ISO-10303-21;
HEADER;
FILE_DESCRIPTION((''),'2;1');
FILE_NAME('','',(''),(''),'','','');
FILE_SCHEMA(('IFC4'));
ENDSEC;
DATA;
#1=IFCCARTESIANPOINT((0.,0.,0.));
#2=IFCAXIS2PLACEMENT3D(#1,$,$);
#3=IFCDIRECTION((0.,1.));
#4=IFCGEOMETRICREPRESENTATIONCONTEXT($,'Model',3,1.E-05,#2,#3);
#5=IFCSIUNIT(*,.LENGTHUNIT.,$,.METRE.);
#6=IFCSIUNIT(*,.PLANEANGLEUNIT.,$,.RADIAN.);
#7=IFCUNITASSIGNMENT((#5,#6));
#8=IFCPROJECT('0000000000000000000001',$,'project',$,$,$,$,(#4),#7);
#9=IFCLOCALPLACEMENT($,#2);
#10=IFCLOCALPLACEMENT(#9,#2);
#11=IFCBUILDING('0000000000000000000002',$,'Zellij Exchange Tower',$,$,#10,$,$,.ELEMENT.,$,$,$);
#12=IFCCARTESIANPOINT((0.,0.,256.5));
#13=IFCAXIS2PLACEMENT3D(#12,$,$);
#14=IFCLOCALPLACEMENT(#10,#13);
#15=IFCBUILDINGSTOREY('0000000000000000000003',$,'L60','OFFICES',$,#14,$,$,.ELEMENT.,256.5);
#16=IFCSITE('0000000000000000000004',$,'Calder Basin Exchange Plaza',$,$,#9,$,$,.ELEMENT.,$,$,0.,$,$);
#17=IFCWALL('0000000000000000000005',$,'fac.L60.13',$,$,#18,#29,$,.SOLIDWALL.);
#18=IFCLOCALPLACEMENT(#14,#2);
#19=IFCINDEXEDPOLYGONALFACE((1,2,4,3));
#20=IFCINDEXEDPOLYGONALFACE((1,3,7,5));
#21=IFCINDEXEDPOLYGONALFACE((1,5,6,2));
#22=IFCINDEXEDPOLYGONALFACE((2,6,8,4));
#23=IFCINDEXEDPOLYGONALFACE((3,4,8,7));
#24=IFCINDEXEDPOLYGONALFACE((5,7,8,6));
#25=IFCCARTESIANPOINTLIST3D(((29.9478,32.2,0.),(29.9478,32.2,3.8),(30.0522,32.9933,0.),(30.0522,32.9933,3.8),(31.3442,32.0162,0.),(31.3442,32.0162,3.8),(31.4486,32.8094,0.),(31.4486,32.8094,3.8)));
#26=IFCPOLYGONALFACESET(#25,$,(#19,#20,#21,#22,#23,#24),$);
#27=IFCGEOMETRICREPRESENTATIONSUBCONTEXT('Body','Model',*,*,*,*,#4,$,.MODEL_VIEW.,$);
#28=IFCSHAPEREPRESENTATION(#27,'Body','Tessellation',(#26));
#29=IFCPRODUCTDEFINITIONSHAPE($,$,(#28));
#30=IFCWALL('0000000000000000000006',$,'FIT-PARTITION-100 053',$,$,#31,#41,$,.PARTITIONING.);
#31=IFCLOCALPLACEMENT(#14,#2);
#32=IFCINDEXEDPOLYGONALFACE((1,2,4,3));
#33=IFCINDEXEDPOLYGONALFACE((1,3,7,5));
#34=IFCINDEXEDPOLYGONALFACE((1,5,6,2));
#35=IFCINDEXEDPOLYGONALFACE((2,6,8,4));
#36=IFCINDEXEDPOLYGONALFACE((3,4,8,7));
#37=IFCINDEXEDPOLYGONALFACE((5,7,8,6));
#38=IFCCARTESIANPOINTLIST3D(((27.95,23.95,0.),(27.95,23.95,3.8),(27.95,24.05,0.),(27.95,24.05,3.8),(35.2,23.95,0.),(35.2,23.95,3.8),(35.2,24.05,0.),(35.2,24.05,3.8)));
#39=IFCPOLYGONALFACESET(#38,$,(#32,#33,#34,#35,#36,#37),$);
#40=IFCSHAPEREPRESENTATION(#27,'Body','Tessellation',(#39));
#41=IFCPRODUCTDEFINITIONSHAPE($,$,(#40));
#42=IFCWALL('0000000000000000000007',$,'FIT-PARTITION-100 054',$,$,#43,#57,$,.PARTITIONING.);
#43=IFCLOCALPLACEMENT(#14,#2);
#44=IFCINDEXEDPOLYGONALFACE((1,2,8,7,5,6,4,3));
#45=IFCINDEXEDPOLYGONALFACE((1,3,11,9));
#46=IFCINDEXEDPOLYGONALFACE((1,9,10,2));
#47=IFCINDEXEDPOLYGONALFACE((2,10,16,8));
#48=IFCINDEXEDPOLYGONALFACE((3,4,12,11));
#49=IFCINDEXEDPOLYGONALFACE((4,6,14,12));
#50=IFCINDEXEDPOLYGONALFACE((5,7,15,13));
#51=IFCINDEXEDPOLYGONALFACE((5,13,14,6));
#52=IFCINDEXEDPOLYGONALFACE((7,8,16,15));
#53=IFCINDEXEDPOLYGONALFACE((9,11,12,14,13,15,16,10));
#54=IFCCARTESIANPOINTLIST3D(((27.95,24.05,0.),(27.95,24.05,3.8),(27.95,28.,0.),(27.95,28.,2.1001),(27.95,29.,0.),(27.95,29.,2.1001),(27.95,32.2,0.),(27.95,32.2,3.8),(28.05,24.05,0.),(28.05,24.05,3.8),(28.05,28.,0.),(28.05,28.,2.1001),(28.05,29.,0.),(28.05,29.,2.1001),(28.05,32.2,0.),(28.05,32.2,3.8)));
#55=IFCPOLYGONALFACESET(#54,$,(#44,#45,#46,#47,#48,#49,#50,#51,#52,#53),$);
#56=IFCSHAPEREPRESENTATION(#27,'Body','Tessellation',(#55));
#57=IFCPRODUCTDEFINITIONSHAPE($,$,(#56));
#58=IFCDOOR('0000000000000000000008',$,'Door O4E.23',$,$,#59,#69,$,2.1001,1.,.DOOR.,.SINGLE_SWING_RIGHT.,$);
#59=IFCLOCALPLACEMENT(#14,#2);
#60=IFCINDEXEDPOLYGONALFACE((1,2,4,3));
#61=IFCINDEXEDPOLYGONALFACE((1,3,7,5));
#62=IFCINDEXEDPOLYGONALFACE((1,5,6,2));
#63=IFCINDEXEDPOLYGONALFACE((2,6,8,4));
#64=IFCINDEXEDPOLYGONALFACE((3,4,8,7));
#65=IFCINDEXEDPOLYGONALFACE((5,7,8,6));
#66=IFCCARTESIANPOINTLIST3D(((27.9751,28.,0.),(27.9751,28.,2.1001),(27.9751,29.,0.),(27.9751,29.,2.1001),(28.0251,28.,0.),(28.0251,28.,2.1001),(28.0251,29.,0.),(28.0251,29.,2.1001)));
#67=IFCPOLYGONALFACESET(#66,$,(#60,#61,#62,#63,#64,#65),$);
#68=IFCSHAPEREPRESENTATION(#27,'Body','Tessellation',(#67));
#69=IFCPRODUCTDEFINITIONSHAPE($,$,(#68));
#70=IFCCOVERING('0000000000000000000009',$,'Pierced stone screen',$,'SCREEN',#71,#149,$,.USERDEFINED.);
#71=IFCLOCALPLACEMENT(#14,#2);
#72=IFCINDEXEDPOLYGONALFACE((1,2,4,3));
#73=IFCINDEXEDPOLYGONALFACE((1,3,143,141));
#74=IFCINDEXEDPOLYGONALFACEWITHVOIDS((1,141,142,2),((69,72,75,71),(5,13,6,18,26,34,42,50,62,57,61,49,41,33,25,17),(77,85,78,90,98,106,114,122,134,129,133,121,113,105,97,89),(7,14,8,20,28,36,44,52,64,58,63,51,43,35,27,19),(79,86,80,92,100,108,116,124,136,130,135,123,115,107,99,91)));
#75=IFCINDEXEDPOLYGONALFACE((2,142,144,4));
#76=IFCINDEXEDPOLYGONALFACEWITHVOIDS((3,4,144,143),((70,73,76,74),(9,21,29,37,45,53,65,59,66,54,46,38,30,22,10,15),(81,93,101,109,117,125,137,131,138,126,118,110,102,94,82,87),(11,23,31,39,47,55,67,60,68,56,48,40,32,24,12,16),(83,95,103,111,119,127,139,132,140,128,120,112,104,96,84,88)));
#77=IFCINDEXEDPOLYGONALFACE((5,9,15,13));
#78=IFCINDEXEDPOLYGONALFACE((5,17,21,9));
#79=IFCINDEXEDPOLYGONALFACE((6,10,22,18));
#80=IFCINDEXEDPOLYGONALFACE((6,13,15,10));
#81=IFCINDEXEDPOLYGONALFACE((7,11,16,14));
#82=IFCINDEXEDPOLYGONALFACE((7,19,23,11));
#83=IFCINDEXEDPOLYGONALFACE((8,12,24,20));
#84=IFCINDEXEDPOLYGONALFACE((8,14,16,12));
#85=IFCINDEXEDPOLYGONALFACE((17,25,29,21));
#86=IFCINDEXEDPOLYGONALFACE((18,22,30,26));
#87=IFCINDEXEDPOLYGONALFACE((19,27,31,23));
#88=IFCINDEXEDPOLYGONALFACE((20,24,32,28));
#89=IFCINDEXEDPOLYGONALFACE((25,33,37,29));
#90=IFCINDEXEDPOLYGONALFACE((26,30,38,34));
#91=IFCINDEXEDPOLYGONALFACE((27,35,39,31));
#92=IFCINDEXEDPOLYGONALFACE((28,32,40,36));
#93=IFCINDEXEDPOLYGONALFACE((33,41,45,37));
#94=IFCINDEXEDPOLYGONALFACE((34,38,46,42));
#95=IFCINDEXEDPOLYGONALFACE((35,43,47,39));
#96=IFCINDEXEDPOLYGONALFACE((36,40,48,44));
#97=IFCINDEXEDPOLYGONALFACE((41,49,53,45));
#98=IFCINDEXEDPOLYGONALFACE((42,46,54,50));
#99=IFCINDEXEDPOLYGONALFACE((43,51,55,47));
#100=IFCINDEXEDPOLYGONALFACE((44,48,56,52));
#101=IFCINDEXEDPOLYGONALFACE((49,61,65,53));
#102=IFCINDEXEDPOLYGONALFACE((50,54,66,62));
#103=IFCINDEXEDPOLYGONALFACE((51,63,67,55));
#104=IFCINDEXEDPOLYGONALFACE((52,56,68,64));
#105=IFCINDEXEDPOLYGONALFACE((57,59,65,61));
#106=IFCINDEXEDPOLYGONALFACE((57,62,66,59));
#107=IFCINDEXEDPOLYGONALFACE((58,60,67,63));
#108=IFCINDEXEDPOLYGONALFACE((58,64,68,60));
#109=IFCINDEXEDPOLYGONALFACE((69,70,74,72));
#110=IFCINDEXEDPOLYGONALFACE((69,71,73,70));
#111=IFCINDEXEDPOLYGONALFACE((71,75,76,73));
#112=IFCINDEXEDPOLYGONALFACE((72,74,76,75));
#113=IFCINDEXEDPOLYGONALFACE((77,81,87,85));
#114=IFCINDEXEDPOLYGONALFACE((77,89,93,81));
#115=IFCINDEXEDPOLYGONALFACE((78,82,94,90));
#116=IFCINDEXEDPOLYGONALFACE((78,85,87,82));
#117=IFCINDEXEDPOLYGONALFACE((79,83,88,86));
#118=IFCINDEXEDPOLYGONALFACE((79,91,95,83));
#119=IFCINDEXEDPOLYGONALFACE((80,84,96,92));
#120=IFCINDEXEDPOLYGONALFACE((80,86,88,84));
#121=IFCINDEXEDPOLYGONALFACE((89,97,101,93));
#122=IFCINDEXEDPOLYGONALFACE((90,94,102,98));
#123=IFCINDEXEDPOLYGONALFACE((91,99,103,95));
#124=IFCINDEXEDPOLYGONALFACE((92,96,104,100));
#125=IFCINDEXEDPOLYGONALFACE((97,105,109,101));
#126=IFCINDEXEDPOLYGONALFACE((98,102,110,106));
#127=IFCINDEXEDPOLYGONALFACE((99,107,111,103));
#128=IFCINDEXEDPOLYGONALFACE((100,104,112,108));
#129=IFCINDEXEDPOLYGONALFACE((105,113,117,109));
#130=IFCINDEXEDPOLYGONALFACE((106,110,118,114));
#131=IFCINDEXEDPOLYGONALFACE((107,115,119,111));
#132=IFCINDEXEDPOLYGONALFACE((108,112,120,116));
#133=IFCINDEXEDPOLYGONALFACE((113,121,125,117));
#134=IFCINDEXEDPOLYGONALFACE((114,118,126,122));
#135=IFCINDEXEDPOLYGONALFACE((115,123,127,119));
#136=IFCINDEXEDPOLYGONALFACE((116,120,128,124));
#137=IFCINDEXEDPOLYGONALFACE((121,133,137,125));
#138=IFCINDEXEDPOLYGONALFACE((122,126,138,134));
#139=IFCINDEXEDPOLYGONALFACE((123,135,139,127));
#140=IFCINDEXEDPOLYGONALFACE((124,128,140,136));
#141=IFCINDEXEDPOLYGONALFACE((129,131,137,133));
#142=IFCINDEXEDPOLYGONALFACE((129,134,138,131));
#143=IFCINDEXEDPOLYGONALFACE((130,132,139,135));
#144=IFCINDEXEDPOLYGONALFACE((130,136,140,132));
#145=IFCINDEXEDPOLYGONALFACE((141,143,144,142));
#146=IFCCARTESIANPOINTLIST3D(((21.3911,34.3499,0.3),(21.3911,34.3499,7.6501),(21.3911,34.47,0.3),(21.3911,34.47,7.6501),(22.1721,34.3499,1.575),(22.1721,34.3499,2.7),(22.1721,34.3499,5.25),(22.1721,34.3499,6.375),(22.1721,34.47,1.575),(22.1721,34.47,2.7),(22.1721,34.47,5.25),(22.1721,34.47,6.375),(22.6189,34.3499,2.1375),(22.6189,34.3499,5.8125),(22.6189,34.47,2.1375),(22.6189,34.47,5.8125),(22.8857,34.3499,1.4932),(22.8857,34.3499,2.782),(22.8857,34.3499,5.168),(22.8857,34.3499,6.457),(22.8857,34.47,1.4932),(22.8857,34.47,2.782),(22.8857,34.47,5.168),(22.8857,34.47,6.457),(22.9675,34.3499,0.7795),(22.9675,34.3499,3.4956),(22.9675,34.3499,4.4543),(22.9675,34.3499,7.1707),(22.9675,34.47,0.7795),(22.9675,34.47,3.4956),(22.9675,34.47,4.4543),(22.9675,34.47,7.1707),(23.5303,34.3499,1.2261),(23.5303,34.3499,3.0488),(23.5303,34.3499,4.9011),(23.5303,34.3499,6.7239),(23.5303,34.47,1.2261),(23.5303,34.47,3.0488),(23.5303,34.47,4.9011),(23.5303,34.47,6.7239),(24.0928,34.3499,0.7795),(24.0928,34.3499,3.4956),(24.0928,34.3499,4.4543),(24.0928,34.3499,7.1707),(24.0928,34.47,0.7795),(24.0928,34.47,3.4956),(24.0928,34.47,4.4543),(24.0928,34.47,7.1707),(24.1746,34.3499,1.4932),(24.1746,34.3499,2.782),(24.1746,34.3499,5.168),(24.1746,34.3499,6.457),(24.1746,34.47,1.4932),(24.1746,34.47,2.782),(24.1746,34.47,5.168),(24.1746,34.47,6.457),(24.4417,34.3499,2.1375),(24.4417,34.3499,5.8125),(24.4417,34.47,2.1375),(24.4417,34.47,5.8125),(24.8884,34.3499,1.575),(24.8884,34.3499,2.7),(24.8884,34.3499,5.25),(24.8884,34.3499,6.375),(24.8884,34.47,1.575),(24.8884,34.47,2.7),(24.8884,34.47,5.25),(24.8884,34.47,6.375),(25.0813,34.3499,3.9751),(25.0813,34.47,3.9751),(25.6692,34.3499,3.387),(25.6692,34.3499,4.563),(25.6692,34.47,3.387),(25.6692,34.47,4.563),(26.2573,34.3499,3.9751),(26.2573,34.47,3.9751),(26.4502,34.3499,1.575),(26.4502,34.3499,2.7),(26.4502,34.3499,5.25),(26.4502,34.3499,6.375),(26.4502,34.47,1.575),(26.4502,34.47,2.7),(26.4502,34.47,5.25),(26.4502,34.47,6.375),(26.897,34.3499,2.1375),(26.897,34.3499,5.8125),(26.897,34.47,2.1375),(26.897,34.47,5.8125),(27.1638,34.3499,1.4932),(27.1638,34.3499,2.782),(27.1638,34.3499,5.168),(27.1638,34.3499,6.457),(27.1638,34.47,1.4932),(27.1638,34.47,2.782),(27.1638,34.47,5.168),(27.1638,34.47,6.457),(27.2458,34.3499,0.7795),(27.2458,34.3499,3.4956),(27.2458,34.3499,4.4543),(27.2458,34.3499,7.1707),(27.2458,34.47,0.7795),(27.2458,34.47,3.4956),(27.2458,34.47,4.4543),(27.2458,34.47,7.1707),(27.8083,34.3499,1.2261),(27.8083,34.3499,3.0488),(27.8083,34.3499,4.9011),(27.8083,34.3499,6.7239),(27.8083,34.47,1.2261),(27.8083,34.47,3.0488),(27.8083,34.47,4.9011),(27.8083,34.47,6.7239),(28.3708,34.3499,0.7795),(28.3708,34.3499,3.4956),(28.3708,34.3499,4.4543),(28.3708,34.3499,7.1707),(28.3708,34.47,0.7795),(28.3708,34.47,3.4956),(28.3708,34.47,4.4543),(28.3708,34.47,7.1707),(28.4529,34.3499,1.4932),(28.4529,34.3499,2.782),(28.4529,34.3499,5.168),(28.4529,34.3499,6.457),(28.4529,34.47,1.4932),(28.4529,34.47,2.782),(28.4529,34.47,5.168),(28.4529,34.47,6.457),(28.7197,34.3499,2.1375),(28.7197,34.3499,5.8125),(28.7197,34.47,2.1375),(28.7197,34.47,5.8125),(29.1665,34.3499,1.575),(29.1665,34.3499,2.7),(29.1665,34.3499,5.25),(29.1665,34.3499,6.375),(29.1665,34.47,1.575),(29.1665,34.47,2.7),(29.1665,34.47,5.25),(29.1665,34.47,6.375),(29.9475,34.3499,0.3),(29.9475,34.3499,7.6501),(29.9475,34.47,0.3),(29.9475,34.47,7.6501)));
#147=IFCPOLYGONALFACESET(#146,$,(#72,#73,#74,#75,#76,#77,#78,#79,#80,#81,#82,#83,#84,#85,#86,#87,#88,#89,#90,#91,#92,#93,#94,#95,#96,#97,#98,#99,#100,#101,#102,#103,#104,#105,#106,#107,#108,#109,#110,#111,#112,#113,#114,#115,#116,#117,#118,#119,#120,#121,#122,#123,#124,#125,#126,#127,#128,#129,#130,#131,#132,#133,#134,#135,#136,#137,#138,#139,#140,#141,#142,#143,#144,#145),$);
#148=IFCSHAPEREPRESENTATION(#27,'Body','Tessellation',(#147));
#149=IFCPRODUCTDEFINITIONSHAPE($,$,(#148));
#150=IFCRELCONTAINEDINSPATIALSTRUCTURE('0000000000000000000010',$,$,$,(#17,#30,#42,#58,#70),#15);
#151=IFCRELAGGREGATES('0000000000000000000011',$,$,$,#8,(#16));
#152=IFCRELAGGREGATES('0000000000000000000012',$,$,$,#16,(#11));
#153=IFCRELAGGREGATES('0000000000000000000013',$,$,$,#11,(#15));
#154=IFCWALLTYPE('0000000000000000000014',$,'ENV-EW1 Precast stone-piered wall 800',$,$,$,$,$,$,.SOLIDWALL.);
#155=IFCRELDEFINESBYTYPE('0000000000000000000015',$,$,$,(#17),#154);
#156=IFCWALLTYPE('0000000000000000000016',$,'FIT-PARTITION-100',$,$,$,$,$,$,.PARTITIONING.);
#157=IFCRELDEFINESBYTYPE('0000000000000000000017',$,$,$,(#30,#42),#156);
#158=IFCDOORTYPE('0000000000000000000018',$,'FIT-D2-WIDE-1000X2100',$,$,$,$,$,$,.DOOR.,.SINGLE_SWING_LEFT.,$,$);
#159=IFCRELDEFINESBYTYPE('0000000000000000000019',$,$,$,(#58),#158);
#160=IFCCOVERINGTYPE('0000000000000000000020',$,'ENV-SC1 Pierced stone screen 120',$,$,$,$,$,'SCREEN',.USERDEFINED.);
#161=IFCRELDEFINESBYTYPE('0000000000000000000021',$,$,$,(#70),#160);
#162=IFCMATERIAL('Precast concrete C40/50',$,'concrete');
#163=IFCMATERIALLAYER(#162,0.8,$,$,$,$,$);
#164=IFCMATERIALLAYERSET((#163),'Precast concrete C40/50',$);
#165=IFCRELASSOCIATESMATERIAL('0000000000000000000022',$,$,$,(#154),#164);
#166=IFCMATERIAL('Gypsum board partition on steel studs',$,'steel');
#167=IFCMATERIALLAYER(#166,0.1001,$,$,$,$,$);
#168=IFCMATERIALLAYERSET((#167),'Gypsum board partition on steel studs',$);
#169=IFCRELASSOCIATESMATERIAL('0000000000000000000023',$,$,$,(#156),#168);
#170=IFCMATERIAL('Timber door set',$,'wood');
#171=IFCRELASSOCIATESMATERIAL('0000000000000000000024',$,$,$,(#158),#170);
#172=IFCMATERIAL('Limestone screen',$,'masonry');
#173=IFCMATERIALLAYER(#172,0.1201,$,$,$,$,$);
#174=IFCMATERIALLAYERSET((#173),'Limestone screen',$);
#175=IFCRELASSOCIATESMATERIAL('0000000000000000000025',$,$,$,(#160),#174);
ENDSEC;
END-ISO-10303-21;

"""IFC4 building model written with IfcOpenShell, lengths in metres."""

from ifc_helpers import new_model, si_unit, direction, frame, frame_2d, origin, place, context, subcontext, project, spatial, polyline, rectangle, outline, extrude, material, layer, layer_set, type_object, element, fill, save


model = new_model("IFC4")

# Units and contexts
model_context = context("Model", 3, precision=1e-05, world=origin(), true_north=direction((0.0, 1.0)))
body_context = subcontext(model_context, "Body", "Model", "MODEL_VIEW")
ifc_project = project(units=[si_unit("LENGTHUNIT", "METRE"), si_unit("PLANEANGLEUNIT", "RADIAN")], contexts=[model_context])

# Site, building, storey
site_placement = place(None, origin())
site = spatial("IfcSite", under=ifc_project, at=site_placement, Name="Calder Basin Exchange Plaza", CompositionType="ELEMENT", RefElevation=0.0)
building_placement = place(site_placement, origin())
building = spatial("IfcBuilding", under=site, at=building_placement, Name="Zellij Exchange Tower", CompositionType="ELEMENT")
storey_placement = place(building_placement, frame((0.0, 0.0, 256.5)))
storey = spatial("IfcBuildingStorey", under=building, at=storey_placement, Name="L60", Description="OFFICES", CompositionType="ELEMENT", Elevation=256.5)

# Walls
ifc_material_1 = material(Name="Precast concrete C40/50", Category="concrete")
ifc_layer_1 = layer(ifc_material_1, 0.8)
ifc_layer_set_1 = layer_set([ifc_layer_1], Name="Precast concrete C40/50")
wall_type_1 = type_object("IfcWallType", Name="ENV-EW1 Precast stone-piered wall 800", PredefinedType="SOLIDWALL", material=ifc_layer_set_1)
wall_1_placement = place(storey_placement, frame((31.3962, 32.4128, 0.0), z_axis=(0.0, 0.0, 1.0), x_axis=(-0.991446, 0.130517, 0.0)))
element("IfcWall", 1, at=wall_1_placement, inside=storey, type_object=wall_type_1, Name="fac.L60.13", PredefinedType="SOLIDWALL", context=body_context, shape_type="SweptSolid", body=[
    extrude(rectangle(XDim=1.4084, YDim=0.8, at=frame_2d((0.7041, 0.0))), origin(), (0.0, 0.0, 1.0), 3.8),
])
ifc_material_2 = material(Name="Gypsum board partition on steel studs", Category="steel")
ifc_layer_2 = layer(ifc_material_2, 0.1001)
ifc_layer_set_2 = layer_set([ifc_layer_2], Name="Gypsum board partition on steel studs")
wall_type_2 = type_object("IfcWallType", Name="FIT-PARTITION-100", PredefinedType="PARTITIONING", material=ifc_layer_set_2)
wall_2_placement = place(storey_placement, frame((27.95, 24.0, 0.0), z_axis=(0.0, 0.0, 1.0), x_axis=(1.0, 0.0, 0.0)))
element("IfcWall", 2, at=wall_2_placement, inside=storey, type_object=wall_type_2, Name="FIT-PARTITION-100 053", PredefinedType="PARTITIONING", context=body_context, shape_type="SweptSolid", body=[
    extrude(rectangle(XDim=7.25, YDim=0.1001, at=frame_2d((3.625, 0.0))), origin(), (0.0, 0.0, 1.0), 3.8),
])

# Wall, opening, door
wall_3_placement = place(storey_placement, frame((28.0, 24.05, 0.0), z_axis=(0.0, 0.0, 1.0), x_axis=(0.0, 1.0, 0.0)))
wall_3 = element("IfcWall", 3, at=wall_3_placement, inside=storey, type_object=wall_type_2, Name="FIT-PARTITION-100 054", PredefinedType="PARTITIONING", context=body_context, shape_type="SweptSolid", body=[
    extrude(rectangle(XDim=8.1499, YDim=0.1001, at=frame_2d((4.075, 0.0))), origin(), (0.0, 0.0, 1.0), 3.8),
])
opening_placement = place(wall_3_placement, frame((3.95, 0.0, 0.0)))
opening = element("IfcOpeningElement", 4, at=opening_placement, cuts=wall_3, PredefinedType="OPENING", context=body_context, shape_type="SweptSolid", body=[
    extrude(rectangle(XDim=1.0, YDim=2.1001, at=frame_2d((0.5, 1.05))), frame((0.0, 0.062, 0.0), z_axis=(0.0, -1.0, 0.0), x_axis=(1.0, 0.0, 0.0)), (0.0, 0.0, 1.0), 0.124),
])
ifc_material_3 = material(Name="Timber door set", Category="wood")
door_type = type_object("IfcDoorType", Name="FIT-D2-WIDE-1000X2100", OperationType="SINGLE_SWING_LEFT", PredefinedType="DOOR", material=ifc_material_3)
door_placement = place(opening_placement, origin())
door = element("IfcDoor", 5, at=door_placement, inside=storey, type_object=door_type, Name="Door O4E.23", OperationType="SINGLE_SWING_RIGHT", OverallHeight=2.1001, OverallWidth=1.0, PredefinedType="DOOR", context=body_context, shape_type="SweptSolid", body=[
    extrude(rectangle(XDim=1.0, YDim=2.1001, at=frame_2d((0.5, 1.05))), frame((0.0, 0.0249, 0.0), z_axis=(0.0, -1.0, 0.0), x_axis=(1.0, 0.0, 0.0)), (0.0, 0.0, 1.0), 0.05),
])
fill(opening, door)

# Covering
ifc_material_4 = material(Name="Limestone screen", Category="masonry")
ifc_layer_3 = layer(ifc_material_4, 0.1201)
ifc_layer_set_3 = layer_set([ifc_layer_3], Name="Limestone screen")
covering_type = type_object("IfcCoveringType", Name="ENV-SC1 Pierced stone screen 120", ElementType="SCREEN", PredefinedType="USERDEFINED", material=ifc_layer_set_3)
covering_1_placement = place(storey_placement, frame((29.9475, 34.4099, 0.3), z_axis=(0.0, 0.0, 1.0), x_axis=(-1.0, 0.0, 0.0)))
element("IfcCovering", 6, at=covering_1_placement, inside=storey, type_object=covering_type, Name="Pierced stone screen", ObjectType="SCREEN", PredefinedType="USERDEFINED", context=body_context, shape_type="SweptSolid", body=[
    extrude(outline(polyline([(0.0, 0.0), (8.5564, 0.0), (8.5564, 7.3501), (0.0, 7.3501), (0.0, 0.0)]), holes=[polyline([(3.4973, 2.3999), (2.7837, 2.4819), (2.7017, 3.1956), (2.1392, 2.7488), (1.5767, 3.1956), (1.4946, 2.4819), (0.781, 2.3999), (1.2278, 1.8374), (0.781, 1.2749), (1.4946, 1.1931), (1.5767, 0.4795), (2.1392, 0.926), (2.7017, 0.4795), (2.7837, 1.1931), (3.4973, 1.2749), (3.0505, 1.8374), (3.4973, 2.3999)]), polyline([(3.4973, 6.075), (2.7837, 6.157), (2.7017, 6.8706), (2.1392, 6.4238), (1.5767, 6.8706), (1.4946, 6.157), (0.781, 6.075), (1.2278, 5.5125), (0.781, 4.95), (1.4946, 4.8679), (1.5767, 4.1543), (2.1392, 4.6011), (2.7017, 4.1543), (2.7837, 4.8679), (3.4973, 4.95), (3.0505, 5.5125), (3.4973, 6.075)]), polyline([(7.7754, 2.3999), (7.0618, 2.4819), (6.98, 3.1956), (6.4172, 2.7488), (5.8547, 3.1956), (5.7729, 2.4819), (5.0591, 2.3999), (5.5059, 1.8374), (5.0591, 1.2749), (5.7729, 1.1931), (5.8547, 0.4795), (6.4172, 0.926), (6.98, 0.4795), (7.0618, 1.1931), (7.7754, 1.2749), (7.3286, 1.8374), (7.7754, 2.3999)]), polyline([(7.7754, 6.075), (7.0618, 6.157), (6.98, 6.8706), (6.4172, 6.4238), (5.8547, 6.8706), (5.7729, 6.157), (5.0591, 6.075), (5.5059, 5.5125), (5.0591, 4.95), (5.7729, 4.8679), (5.8547, 4.1543), (6.4172, 4.6011), (6.98, 4.1543), (7.0618, 4.8679), (7.7754, 4.95), (7.3286, 5.5125), (7.7754, 6.075)]), polyline([(4.8662, 3.675), (4.2783, 4.2629), (3.6902, 3.675), (4.2783, 3.0869), (4.8662, 3.675)])]), frame((0.0, 0.0601, 0.0), z_axis=(0.0, -1.0, 0.0), x_axis=(1.0, 0.0, 0.0)), (0.0, 0.0, 1.0), 0.1201),
])

save(model, "model.ifc")
